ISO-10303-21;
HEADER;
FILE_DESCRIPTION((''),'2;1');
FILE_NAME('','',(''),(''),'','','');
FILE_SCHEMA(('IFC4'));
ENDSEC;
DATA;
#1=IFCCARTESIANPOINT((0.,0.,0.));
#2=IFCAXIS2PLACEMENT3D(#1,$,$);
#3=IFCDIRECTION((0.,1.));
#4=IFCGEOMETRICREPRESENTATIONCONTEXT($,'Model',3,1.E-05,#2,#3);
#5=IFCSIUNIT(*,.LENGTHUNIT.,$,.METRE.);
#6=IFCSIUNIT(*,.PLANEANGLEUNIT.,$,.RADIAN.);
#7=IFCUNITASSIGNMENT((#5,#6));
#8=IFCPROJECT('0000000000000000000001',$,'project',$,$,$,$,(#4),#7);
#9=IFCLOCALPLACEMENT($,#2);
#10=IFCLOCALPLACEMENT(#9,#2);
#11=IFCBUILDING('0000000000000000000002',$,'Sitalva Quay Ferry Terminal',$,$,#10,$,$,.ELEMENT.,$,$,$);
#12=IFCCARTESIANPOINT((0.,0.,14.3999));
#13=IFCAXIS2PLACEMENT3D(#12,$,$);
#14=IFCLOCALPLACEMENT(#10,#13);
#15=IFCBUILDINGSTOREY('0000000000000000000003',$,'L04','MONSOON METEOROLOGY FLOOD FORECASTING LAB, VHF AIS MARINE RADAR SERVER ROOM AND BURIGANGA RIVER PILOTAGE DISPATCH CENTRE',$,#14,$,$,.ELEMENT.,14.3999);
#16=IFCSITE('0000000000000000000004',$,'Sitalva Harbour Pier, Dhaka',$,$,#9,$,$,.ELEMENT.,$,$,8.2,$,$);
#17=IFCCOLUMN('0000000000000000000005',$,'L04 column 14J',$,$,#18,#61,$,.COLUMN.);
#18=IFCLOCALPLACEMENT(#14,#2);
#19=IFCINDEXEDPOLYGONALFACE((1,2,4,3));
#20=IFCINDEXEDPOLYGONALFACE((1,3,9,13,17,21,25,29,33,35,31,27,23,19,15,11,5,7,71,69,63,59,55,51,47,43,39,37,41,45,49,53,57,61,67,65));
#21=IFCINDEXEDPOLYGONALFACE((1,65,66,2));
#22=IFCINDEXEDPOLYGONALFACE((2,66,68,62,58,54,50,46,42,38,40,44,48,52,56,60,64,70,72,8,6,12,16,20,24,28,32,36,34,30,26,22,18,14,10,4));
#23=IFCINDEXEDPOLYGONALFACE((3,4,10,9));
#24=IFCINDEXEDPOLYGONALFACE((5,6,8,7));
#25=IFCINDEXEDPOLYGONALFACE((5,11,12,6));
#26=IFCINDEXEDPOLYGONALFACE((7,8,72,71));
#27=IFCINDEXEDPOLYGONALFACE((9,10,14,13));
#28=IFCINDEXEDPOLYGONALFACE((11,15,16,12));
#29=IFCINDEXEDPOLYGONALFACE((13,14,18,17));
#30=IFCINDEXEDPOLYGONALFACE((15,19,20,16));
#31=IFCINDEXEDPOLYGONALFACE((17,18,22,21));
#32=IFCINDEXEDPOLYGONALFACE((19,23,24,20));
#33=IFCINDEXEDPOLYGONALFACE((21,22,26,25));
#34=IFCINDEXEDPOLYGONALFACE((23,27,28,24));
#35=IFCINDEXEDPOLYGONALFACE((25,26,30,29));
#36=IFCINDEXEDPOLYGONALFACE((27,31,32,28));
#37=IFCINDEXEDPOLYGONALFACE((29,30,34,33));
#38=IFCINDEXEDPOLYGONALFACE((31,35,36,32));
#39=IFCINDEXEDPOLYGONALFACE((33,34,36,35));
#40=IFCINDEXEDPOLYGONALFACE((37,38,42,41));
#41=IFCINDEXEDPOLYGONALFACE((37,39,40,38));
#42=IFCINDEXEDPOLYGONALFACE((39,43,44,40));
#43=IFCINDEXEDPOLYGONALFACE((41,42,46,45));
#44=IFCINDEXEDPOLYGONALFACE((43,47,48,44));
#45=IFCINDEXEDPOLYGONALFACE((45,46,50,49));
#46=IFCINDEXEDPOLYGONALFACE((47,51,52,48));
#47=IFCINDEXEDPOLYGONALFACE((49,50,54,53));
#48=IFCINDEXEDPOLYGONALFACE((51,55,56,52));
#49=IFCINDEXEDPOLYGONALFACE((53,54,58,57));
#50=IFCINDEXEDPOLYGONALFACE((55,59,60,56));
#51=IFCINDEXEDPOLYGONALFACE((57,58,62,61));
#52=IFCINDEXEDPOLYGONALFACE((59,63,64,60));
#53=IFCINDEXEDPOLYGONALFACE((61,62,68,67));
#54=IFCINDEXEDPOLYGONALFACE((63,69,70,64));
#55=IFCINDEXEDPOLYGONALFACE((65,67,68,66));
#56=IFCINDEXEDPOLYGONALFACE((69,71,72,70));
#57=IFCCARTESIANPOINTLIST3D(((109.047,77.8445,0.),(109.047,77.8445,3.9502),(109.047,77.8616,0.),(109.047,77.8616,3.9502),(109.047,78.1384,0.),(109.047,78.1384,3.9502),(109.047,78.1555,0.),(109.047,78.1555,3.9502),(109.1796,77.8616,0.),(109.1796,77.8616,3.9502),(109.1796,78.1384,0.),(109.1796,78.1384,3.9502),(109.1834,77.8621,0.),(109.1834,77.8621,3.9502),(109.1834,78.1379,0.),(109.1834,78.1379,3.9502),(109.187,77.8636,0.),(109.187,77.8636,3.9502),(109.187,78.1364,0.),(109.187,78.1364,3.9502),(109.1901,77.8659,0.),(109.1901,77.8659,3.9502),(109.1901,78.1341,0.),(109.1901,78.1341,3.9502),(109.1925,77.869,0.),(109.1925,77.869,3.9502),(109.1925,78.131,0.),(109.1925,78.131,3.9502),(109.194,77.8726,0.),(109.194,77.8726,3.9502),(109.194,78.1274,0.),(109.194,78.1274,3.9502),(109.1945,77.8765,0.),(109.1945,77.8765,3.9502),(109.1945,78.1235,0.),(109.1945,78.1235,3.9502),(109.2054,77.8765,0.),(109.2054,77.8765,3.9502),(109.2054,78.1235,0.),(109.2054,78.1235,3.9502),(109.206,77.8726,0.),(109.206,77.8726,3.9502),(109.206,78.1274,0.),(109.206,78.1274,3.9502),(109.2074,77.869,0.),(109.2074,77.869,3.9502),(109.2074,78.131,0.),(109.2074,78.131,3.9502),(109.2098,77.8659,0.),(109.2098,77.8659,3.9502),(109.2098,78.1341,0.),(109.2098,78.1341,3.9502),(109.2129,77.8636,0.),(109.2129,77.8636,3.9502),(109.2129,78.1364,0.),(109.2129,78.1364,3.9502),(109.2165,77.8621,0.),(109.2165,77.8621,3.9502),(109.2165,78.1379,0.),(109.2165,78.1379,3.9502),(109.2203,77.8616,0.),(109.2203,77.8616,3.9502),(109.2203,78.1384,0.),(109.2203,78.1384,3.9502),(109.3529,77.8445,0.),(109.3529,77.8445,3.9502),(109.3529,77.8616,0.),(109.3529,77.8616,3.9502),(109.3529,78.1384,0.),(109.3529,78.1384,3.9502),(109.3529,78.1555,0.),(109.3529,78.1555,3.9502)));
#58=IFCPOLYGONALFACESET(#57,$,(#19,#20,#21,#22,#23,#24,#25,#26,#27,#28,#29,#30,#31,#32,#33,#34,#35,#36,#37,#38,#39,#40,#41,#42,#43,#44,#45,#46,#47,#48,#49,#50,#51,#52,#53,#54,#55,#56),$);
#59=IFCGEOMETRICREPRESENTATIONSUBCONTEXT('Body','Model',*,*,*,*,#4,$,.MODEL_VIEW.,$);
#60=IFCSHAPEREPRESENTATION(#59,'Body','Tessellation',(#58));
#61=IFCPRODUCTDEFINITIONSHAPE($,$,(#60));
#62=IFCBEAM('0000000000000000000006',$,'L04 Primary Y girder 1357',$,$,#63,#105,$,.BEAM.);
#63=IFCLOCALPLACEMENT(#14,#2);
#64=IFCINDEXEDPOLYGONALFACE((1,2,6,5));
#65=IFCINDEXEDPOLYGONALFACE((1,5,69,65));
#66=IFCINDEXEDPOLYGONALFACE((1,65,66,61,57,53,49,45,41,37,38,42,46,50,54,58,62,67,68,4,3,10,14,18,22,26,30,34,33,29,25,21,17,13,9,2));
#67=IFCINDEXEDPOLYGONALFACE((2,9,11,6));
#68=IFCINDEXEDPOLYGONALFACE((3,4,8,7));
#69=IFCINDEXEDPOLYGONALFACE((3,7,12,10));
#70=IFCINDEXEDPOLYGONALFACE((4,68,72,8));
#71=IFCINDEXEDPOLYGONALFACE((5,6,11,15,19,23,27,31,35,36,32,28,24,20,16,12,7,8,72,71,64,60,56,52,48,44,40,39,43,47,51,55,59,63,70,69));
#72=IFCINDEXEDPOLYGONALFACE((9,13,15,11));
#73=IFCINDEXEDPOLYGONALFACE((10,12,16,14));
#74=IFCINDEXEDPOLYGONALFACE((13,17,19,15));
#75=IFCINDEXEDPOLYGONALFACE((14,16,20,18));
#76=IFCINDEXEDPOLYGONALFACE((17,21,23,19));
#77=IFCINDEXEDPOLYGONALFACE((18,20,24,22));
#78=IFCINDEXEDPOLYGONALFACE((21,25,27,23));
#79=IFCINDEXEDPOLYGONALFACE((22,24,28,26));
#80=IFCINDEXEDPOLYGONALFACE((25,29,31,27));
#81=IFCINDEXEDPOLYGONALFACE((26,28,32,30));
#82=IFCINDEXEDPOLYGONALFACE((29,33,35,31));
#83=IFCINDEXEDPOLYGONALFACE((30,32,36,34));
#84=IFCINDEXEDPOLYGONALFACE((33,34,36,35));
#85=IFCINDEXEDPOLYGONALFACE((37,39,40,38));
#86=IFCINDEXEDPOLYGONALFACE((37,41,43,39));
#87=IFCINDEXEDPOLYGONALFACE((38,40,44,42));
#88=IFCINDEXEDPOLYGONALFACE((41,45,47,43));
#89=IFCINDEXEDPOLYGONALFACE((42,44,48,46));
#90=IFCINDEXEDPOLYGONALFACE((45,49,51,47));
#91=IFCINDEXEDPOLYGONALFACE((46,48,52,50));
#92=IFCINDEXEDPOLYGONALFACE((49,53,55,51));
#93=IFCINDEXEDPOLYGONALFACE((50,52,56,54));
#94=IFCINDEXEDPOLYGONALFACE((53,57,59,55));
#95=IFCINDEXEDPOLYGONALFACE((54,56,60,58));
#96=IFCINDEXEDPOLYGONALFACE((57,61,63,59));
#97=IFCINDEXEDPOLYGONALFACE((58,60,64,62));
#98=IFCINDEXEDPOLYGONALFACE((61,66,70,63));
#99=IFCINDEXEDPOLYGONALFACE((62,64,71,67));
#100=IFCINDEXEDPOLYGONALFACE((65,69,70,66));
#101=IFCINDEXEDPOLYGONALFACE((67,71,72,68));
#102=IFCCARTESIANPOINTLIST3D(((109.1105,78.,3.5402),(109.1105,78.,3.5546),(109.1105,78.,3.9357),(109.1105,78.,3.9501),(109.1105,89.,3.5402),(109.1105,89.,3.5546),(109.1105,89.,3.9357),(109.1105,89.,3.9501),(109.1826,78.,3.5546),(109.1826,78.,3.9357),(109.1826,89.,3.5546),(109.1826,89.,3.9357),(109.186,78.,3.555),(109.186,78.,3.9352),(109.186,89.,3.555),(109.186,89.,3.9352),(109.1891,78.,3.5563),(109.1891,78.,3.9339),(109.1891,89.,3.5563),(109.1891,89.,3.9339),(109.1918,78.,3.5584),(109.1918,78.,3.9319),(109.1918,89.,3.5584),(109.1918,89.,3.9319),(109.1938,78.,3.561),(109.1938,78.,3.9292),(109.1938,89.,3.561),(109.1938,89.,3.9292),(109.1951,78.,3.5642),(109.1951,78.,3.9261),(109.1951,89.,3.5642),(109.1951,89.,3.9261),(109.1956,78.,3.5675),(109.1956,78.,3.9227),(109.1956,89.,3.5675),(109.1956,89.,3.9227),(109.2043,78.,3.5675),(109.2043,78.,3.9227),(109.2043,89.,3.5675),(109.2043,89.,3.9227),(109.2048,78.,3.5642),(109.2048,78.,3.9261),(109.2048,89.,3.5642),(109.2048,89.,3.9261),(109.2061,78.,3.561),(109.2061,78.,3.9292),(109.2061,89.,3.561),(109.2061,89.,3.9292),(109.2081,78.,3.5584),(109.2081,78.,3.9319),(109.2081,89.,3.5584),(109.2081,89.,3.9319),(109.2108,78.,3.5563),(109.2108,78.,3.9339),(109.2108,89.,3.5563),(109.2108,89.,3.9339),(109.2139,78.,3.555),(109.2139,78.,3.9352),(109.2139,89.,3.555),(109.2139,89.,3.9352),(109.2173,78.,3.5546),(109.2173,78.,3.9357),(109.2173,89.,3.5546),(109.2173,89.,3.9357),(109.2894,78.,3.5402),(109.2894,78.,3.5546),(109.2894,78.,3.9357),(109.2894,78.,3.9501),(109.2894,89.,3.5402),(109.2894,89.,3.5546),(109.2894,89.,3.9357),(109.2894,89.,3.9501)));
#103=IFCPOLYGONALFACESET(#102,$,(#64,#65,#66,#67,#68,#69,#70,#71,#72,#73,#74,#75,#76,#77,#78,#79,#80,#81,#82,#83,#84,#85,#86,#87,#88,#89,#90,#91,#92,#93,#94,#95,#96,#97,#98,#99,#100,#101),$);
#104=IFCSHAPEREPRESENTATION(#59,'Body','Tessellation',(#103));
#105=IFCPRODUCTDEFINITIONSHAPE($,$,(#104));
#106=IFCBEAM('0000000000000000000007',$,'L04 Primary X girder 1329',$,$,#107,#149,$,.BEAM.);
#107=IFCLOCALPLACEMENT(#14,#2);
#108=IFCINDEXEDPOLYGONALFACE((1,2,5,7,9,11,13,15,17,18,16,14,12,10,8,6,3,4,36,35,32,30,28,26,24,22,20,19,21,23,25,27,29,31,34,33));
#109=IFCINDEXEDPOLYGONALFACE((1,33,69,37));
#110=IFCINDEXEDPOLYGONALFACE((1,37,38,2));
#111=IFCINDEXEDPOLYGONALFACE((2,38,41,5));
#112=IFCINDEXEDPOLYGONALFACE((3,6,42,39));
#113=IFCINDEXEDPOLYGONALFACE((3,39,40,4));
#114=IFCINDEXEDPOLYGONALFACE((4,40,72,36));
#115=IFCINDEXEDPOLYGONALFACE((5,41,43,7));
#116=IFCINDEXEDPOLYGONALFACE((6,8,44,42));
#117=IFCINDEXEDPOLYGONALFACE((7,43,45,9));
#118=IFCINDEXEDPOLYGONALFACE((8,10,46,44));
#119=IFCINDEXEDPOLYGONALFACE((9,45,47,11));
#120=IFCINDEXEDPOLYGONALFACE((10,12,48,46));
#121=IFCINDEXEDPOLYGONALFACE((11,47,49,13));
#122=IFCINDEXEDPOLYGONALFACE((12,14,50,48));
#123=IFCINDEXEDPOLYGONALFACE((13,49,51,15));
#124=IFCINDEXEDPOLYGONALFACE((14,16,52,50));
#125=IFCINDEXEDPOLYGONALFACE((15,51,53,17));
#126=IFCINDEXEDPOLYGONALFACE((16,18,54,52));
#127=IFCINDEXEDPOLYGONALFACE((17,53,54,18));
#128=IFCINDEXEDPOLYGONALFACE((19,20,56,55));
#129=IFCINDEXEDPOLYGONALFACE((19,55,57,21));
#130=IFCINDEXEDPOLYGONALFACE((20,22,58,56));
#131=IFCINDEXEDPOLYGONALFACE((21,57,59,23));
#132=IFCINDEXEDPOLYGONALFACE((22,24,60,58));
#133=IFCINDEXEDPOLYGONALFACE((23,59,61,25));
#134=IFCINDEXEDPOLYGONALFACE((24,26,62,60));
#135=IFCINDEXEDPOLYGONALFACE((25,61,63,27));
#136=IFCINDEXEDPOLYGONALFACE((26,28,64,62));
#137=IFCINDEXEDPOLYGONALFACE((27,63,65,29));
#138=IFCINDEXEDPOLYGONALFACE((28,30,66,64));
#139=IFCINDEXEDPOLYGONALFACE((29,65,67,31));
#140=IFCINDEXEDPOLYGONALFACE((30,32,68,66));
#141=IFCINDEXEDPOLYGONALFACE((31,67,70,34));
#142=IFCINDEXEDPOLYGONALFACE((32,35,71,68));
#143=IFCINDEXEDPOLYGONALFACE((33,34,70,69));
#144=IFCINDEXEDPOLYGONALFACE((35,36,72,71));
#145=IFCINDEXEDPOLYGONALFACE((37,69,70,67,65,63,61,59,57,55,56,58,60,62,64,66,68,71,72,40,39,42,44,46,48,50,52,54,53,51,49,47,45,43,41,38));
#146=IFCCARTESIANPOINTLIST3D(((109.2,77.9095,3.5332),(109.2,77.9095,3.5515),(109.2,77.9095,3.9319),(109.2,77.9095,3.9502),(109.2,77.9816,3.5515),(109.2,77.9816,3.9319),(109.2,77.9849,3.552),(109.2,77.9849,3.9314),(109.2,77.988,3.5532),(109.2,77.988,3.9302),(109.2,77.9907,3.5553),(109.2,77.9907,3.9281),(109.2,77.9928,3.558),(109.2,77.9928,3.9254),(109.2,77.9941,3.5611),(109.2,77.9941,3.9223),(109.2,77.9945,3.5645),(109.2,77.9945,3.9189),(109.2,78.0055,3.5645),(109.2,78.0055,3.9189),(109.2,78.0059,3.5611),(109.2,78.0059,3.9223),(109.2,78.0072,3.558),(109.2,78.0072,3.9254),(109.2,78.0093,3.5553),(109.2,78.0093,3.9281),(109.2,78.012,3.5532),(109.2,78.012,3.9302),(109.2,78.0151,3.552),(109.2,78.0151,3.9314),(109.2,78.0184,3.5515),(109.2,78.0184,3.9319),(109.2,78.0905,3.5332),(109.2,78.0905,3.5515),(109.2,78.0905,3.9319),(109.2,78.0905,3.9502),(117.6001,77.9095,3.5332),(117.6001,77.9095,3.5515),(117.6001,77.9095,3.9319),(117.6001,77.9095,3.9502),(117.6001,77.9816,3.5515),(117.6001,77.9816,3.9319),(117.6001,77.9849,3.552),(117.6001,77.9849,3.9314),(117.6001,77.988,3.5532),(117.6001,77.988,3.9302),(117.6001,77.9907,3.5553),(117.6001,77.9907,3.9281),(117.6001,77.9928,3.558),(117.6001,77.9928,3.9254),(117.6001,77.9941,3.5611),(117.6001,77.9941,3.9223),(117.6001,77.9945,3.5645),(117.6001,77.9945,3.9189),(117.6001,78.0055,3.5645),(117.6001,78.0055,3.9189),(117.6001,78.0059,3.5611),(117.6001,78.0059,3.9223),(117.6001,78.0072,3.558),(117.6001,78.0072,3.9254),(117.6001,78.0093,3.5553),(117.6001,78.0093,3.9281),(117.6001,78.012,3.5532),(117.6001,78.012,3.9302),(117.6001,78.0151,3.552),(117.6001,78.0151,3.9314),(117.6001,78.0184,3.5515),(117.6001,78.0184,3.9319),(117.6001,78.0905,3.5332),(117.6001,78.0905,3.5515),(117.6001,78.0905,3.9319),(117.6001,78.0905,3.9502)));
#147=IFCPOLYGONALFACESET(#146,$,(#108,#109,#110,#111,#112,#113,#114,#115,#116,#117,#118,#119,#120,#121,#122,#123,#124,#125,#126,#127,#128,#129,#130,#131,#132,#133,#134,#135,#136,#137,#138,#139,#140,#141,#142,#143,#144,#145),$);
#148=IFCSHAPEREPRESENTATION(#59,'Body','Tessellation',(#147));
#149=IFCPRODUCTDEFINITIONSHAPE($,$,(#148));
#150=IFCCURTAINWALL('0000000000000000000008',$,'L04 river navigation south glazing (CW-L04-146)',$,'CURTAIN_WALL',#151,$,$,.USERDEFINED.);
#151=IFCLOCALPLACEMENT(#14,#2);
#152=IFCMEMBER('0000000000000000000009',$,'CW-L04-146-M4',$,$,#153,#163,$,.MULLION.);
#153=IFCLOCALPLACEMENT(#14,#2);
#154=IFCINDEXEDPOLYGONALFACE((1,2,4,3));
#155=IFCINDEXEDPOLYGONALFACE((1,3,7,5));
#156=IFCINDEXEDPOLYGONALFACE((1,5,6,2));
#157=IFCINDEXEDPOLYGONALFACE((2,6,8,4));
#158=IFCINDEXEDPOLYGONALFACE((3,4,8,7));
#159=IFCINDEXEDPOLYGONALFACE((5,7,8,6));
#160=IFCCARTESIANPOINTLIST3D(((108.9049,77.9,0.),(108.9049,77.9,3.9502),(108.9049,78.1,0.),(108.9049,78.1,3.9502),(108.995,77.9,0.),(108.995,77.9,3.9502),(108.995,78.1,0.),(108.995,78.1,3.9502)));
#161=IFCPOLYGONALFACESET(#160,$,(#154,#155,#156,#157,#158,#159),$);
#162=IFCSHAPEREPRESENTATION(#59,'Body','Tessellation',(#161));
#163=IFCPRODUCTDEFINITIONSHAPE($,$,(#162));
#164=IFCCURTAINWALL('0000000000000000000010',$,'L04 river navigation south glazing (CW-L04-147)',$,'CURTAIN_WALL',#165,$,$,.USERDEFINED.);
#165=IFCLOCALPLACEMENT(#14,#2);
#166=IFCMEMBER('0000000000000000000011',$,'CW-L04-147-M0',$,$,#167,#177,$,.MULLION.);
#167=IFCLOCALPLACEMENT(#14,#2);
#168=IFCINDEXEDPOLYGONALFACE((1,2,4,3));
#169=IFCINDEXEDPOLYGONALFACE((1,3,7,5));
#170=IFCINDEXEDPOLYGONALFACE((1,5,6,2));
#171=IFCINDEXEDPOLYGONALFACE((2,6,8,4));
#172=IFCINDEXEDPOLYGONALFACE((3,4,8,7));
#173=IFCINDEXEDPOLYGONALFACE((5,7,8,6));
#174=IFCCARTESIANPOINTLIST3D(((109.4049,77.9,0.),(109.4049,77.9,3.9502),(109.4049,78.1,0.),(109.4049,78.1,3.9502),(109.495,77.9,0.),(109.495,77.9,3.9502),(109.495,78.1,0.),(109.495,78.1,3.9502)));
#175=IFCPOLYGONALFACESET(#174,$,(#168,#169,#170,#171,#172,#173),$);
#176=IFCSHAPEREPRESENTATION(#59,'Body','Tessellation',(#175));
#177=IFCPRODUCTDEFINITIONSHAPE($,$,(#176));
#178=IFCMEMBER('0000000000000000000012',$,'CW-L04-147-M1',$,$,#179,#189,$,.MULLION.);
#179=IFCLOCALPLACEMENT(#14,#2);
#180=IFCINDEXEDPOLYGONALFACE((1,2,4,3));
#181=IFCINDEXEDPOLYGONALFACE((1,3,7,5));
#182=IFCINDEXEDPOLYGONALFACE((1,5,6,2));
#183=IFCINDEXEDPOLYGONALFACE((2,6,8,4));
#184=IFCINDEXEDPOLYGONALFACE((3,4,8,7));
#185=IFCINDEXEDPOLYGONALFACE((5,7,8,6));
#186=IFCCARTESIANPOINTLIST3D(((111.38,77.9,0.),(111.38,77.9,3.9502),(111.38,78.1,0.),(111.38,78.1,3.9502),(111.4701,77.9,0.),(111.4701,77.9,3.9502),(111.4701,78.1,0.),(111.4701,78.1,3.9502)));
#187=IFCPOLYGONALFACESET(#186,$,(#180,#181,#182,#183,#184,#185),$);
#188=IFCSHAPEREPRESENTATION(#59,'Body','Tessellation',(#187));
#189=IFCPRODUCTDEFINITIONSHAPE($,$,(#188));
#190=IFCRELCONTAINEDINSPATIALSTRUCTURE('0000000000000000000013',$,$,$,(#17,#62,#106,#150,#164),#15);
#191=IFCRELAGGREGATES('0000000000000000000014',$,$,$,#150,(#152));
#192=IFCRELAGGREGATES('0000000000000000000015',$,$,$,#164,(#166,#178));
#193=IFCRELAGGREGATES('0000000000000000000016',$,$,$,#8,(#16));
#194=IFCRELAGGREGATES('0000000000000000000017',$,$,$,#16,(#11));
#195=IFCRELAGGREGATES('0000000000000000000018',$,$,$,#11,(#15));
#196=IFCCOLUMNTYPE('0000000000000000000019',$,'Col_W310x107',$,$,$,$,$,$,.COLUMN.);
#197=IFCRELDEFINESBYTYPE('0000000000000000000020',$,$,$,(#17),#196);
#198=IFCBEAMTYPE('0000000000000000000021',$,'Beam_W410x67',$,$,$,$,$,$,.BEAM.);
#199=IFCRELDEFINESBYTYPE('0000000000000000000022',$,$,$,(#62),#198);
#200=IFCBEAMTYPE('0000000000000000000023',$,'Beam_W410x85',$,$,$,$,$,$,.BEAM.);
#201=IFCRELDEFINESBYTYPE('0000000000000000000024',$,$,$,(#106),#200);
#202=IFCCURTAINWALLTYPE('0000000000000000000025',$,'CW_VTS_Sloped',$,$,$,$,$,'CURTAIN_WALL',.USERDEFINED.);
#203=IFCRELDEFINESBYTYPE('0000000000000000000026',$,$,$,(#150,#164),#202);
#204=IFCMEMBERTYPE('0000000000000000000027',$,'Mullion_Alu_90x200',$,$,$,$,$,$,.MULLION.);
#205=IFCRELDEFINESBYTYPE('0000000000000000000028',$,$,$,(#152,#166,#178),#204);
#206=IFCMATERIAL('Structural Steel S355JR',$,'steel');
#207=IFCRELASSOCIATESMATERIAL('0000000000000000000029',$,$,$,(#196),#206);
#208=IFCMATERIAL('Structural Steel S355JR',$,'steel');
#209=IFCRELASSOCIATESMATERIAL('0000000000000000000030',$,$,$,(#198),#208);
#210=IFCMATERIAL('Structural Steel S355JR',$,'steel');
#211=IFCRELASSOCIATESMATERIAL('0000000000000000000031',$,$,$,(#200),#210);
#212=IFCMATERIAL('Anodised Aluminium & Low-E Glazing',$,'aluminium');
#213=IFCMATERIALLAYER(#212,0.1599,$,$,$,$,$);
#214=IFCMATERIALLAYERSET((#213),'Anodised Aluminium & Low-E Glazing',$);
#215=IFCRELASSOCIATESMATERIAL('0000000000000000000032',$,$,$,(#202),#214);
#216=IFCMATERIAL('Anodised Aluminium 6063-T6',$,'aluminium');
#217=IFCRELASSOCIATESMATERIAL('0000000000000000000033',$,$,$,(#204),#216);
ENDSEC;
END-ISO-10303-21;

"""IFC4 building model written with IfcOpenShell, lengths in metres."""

from ifc_helpers import new_model, si_unit, direction, frame, origin, origin_2d, place, context, subcontext, project, spatial, rectangle, i_section, extrude, material, layer, layer_set, material_profile, profile_set, type_object, element, aggregate, save


model = new_model("IFC4")

# Units and contexts
model_context = context("Model", 3, precision=1e-05, world=origin(), true_north=direction((0.0, 1.0)))
body_context = subcontext(model_context, "Body", "Model", "MODEL_VIEW")
ifc_project = project(units=[si_unit("LENGTHUNIT", "METRE"), si_unit("PLANEANGLEUNIT", "RADIAN")], contexts=[model_context])

# Site, building, storey
site_placement = place(None, origin())
site = spatial("IfcSite", under=ifc_project, at=site_placement, Name="Sitalva Harbour Pier, Dhaka", CompositionType="ELEMENT", RefElevation=8.2)
building_placement = place(site_placement, origin())
building = spatial("IfcBuilding", under=site, at=building_placement, Name="Sitalva Quay Ferry Terminal", CompositionType="ELEMENT")
storey_placement = place(building_placement, frame((0.0, 0.0, 14.3999)))
storey = spatial("IfcBuildingStorey", under=building, at=storey_placement, Name="L04", Description="MONSOON METEOROLOGY FLOOD FORECASTING LAB, VHF AIS MARINE RADAR SERVER ROOM AND BURIGANGA RIVER PILOTAGE DISPATCH CENTRE", CompositionType="ELEMENT", Elevation=14.3999)

# Column
ifc_material_1 = material(Name="Structural Steel S355JR", Category="steel")
ifc_material_profile_1 = material_profile(ifc_material_1, i_section(OverallWidth=0.3059, OverallDepth=0.311, WebThickness=0.011, FlangeThickness=0.0171, FilletRadius=0.0149, at=origin_2d()), Name="W310x107")
ifc_profile_set_1 = profile_set([ifc_material_profile_1], Name="Structural Steel S355JR")
column_type = type_object("IfcColumnType", Name="Col_W310x107", PredefinedType="COLUMN", material=ifc_profile_set_1)
column_placement = place(storey_placement, frame((109.2, 78.0, 0.0), z_axis=(0.0, 0.0, 1.0), x_axis=(1.0, 0.0, 0.0)))
element("IfcColumn", 1, at=column_placement, inside=storey, type_object=column_type, Name="L04 column 14J", PredefinedType="COLUMN", context=body_context, shape_type="SweptSolid", body=[
    extrude(i_section(OverallWidth=0.3059, OverallDepth=0.311, WebThickness=0.011, FlangeThickness=0.0171, FilletRadius=0.0149, at=origin_2d()), origin(), (0.0, 0.0, 1.0), 3.9502),
])

# Beams
ifc_material_2 = material(Name="Structural Steel S355JR", Category="steel")
ifc_material_profile_2 = material_profile(ifc_material_2, i_section(OverallWidth=0.179, OverallDepth=0.4099, WebThickness=0.0088, FlangeThickness=0.0144, FilletRadius=0.0129, at=origin_2d()), Name="W410x67")
ifc_profile_set_2 = profile_set([ifc_material_profile_2], Name="Structural Steel S355JR")
beam_type_1 = type_object("IfcBeamType", Name="Beam_W410x67", PredefinedType="BEAM", material=ifc_profile_set_2)
beam_1_placement = place(storey_placement, frame((109.2, 78.0, 3.7451), z_axis=(0.0, 1.0, 0.0), x_axis=(-1.0, 0.0, 0.0)))
element("IfcBeam", 2, at=beam_1_placement, inside=storey, type_object=beam_type_1, Name="L04 Primary Y girder 1357", PredefinedType="BEAM", context=body_context, shape_type="SweptSolid", body=[
    extrude(i_section(OverallWidth=0.179, OverallDepth=0.4099, WebThickness=0.0088, FlangeThickness=0.0144, FilletRadius=0.0129, at=origin_2d()), origin(), (0.0, 0.0, 1.0), 11.0),
])
ifc_material_3 = material(Name="Structural Steel S355JR", Category="steel")
ifc_material_profile_3 = material_profile(ifc_material_3, i_section(OverallWidth=0.1809, OverallDepth=0.417, WebThickness=0.011, FlangeThickness=0.0183, FilletRadius=0.0129, at=origin_2d()), Name="W410x85")
ifc_profile_set_3 = profile_set([ifc_material_profile_3], Name="Structural Steel S355JR")
beam_type_2 = type_object("IfcBeamType", Name="Beam_W410x85", PredefinedType="BEAM", material=ifc_profile_set_3)
beam_2_placement = place(storey_placement, frame((109.2, 78.0, 3.7417), z_axis=(1.0, 0.0, 0.0), x_axis=(0.0, 1.0, 0.0)))
element("IfcBeam", 3, at=beam_2_placement, inside=storey, type_object=beam_type_2, Name="L04 Primary X girder 1329", PredefinedType="BEAM", context=body_context, shape_type="SweptSolid", body=[
    extrude(i_section(OverallWidth=0.1809, OverallDepth=0.417, WebThickness=0.011, FlangeThickness=0.0183, FilletRadius=0.0129, at=origin_2d()), origin(), (0.0, 0.0, 1.0), 8.4001),
])

# Curtain wall, member
ifc_material_4 = material(Name="Anodised Aluminium & Low-E Glazing", Category="aluminium")
ifc_layer_1 = layer(ifc_material_4, 0.1599)
ifc_layer_set_1 = layer_set([ifc_layer_1], Name="Anodised Aluminium & Low-E Glazing")
curtain_wall_type = type_object("IfcCurtainWallType", Name="CW_VTS_Sloped", ElementType="CURTAIN_WALL", PredefinedType="USERDEFINED", material=ifc_layer_set_1)
curtain_wall_1_placement = place(storey_placement, origin())
curtain_wall_1 = element("IfcCurtainWall", 4, at=curtain_wall_1_placement, inside=storey, type_object=curtain_wall_type, Name="L04 river navigation south glazing (CW-L04-146)", ObjectType="CURTAIN_WALL", PredefinedType="USERDEFINED")
ifc_material_5 = material(Name="Anodised Aluminium 6063-T6", Category="aluminium")
ifc_material_profile_4 = material_profile(ifc_material_5, rectangle(XDim=0.0901, YDim=0.2, at=origin_2d()), Name="ALU90x200")
ifc_profile_set_4 = profile_set([ifc_material_profile_4], Name="Anodised Aluminium 6063-T6")
member_type_1 = type_object("IfcMemberType", Name="Mullion_Alu_90x200", PredefinedType="MULLION", material=ifc_profile_set_4)
member_1_placement = place(storey_placement, frame((108.95, 78.0, 0.0), z_axis=(0.0, 0.0, 1.0), x_axis=(1.0, 0.0, 0.0)))
member_1 = element("IfcMember", 5, at=member_1_placement, type_object=member_type_1, Name="CW-L04-146-M4", PredefinedType="MULLION", context=body_context, shape_type="SweptSolid", body=[
    extrude(rectangle(XDim=0.0901, YDim=0.2, at=origin_2d()), origin(), (0.0, 0.0, 1.0), 3.9502),
])

# Curtain wall, members
curtain_wall_2_placement = place(storey_placement, origin())
curtain_wall_2 = element("IfcCurtainWall", 6, at=curtain_wall_2_placement, inside=storey, type_object=curtain_wall_type, Name="L04 river navigation south glazing (CW-L04-147)", ObjectType="CURTAIN_WALL", PredefinedType="USERDEFINED")
member_2_placement = place(storey_placement, frame((109.45, 78.0, 0.0), z_axis=(0.0, 0.0, 1.0), x_axis=(1.0, 0.0, 0.0)))
member_2 = element("IfcMember", 7, at=member_2_placement, type_object=member_type_1, Name="CW-L04-147-M0", PredefinedType="MULLION", context=body_context, shape_type="SweptSolid", body=[
    extrude(rectangle(XDim=0.0901, YDim=0.2, at=origin_2d()), origin(), (0.0, 0.0, 1.0), 3.9502),
])
member_3_placement = place(storey_placement, frame((111.425, 78.0, 0.0), z_axis=(0.0, 0.0, 1.0), x_axis=(1.0, 0.0, 0.0)))
member_3 = element("IfcMember", 8, at=member_3_placement, type_object=member_type_1, Name="CW-L04-147-M1", PredefinedType="MULLION", context=body_context, shape_type="SweptSolid", body=[
    extrude(rectangle(XDim=0.0901, YDim=0.2, at=origin_2d()), origin(), (0.0, 0.0, 1.0), 3.9502),
])

aggregate(curtain_wall_1, [member_1])
aggregate(curtain_wall_2, [member_2, member_3])

save(model, "model.ifc")
